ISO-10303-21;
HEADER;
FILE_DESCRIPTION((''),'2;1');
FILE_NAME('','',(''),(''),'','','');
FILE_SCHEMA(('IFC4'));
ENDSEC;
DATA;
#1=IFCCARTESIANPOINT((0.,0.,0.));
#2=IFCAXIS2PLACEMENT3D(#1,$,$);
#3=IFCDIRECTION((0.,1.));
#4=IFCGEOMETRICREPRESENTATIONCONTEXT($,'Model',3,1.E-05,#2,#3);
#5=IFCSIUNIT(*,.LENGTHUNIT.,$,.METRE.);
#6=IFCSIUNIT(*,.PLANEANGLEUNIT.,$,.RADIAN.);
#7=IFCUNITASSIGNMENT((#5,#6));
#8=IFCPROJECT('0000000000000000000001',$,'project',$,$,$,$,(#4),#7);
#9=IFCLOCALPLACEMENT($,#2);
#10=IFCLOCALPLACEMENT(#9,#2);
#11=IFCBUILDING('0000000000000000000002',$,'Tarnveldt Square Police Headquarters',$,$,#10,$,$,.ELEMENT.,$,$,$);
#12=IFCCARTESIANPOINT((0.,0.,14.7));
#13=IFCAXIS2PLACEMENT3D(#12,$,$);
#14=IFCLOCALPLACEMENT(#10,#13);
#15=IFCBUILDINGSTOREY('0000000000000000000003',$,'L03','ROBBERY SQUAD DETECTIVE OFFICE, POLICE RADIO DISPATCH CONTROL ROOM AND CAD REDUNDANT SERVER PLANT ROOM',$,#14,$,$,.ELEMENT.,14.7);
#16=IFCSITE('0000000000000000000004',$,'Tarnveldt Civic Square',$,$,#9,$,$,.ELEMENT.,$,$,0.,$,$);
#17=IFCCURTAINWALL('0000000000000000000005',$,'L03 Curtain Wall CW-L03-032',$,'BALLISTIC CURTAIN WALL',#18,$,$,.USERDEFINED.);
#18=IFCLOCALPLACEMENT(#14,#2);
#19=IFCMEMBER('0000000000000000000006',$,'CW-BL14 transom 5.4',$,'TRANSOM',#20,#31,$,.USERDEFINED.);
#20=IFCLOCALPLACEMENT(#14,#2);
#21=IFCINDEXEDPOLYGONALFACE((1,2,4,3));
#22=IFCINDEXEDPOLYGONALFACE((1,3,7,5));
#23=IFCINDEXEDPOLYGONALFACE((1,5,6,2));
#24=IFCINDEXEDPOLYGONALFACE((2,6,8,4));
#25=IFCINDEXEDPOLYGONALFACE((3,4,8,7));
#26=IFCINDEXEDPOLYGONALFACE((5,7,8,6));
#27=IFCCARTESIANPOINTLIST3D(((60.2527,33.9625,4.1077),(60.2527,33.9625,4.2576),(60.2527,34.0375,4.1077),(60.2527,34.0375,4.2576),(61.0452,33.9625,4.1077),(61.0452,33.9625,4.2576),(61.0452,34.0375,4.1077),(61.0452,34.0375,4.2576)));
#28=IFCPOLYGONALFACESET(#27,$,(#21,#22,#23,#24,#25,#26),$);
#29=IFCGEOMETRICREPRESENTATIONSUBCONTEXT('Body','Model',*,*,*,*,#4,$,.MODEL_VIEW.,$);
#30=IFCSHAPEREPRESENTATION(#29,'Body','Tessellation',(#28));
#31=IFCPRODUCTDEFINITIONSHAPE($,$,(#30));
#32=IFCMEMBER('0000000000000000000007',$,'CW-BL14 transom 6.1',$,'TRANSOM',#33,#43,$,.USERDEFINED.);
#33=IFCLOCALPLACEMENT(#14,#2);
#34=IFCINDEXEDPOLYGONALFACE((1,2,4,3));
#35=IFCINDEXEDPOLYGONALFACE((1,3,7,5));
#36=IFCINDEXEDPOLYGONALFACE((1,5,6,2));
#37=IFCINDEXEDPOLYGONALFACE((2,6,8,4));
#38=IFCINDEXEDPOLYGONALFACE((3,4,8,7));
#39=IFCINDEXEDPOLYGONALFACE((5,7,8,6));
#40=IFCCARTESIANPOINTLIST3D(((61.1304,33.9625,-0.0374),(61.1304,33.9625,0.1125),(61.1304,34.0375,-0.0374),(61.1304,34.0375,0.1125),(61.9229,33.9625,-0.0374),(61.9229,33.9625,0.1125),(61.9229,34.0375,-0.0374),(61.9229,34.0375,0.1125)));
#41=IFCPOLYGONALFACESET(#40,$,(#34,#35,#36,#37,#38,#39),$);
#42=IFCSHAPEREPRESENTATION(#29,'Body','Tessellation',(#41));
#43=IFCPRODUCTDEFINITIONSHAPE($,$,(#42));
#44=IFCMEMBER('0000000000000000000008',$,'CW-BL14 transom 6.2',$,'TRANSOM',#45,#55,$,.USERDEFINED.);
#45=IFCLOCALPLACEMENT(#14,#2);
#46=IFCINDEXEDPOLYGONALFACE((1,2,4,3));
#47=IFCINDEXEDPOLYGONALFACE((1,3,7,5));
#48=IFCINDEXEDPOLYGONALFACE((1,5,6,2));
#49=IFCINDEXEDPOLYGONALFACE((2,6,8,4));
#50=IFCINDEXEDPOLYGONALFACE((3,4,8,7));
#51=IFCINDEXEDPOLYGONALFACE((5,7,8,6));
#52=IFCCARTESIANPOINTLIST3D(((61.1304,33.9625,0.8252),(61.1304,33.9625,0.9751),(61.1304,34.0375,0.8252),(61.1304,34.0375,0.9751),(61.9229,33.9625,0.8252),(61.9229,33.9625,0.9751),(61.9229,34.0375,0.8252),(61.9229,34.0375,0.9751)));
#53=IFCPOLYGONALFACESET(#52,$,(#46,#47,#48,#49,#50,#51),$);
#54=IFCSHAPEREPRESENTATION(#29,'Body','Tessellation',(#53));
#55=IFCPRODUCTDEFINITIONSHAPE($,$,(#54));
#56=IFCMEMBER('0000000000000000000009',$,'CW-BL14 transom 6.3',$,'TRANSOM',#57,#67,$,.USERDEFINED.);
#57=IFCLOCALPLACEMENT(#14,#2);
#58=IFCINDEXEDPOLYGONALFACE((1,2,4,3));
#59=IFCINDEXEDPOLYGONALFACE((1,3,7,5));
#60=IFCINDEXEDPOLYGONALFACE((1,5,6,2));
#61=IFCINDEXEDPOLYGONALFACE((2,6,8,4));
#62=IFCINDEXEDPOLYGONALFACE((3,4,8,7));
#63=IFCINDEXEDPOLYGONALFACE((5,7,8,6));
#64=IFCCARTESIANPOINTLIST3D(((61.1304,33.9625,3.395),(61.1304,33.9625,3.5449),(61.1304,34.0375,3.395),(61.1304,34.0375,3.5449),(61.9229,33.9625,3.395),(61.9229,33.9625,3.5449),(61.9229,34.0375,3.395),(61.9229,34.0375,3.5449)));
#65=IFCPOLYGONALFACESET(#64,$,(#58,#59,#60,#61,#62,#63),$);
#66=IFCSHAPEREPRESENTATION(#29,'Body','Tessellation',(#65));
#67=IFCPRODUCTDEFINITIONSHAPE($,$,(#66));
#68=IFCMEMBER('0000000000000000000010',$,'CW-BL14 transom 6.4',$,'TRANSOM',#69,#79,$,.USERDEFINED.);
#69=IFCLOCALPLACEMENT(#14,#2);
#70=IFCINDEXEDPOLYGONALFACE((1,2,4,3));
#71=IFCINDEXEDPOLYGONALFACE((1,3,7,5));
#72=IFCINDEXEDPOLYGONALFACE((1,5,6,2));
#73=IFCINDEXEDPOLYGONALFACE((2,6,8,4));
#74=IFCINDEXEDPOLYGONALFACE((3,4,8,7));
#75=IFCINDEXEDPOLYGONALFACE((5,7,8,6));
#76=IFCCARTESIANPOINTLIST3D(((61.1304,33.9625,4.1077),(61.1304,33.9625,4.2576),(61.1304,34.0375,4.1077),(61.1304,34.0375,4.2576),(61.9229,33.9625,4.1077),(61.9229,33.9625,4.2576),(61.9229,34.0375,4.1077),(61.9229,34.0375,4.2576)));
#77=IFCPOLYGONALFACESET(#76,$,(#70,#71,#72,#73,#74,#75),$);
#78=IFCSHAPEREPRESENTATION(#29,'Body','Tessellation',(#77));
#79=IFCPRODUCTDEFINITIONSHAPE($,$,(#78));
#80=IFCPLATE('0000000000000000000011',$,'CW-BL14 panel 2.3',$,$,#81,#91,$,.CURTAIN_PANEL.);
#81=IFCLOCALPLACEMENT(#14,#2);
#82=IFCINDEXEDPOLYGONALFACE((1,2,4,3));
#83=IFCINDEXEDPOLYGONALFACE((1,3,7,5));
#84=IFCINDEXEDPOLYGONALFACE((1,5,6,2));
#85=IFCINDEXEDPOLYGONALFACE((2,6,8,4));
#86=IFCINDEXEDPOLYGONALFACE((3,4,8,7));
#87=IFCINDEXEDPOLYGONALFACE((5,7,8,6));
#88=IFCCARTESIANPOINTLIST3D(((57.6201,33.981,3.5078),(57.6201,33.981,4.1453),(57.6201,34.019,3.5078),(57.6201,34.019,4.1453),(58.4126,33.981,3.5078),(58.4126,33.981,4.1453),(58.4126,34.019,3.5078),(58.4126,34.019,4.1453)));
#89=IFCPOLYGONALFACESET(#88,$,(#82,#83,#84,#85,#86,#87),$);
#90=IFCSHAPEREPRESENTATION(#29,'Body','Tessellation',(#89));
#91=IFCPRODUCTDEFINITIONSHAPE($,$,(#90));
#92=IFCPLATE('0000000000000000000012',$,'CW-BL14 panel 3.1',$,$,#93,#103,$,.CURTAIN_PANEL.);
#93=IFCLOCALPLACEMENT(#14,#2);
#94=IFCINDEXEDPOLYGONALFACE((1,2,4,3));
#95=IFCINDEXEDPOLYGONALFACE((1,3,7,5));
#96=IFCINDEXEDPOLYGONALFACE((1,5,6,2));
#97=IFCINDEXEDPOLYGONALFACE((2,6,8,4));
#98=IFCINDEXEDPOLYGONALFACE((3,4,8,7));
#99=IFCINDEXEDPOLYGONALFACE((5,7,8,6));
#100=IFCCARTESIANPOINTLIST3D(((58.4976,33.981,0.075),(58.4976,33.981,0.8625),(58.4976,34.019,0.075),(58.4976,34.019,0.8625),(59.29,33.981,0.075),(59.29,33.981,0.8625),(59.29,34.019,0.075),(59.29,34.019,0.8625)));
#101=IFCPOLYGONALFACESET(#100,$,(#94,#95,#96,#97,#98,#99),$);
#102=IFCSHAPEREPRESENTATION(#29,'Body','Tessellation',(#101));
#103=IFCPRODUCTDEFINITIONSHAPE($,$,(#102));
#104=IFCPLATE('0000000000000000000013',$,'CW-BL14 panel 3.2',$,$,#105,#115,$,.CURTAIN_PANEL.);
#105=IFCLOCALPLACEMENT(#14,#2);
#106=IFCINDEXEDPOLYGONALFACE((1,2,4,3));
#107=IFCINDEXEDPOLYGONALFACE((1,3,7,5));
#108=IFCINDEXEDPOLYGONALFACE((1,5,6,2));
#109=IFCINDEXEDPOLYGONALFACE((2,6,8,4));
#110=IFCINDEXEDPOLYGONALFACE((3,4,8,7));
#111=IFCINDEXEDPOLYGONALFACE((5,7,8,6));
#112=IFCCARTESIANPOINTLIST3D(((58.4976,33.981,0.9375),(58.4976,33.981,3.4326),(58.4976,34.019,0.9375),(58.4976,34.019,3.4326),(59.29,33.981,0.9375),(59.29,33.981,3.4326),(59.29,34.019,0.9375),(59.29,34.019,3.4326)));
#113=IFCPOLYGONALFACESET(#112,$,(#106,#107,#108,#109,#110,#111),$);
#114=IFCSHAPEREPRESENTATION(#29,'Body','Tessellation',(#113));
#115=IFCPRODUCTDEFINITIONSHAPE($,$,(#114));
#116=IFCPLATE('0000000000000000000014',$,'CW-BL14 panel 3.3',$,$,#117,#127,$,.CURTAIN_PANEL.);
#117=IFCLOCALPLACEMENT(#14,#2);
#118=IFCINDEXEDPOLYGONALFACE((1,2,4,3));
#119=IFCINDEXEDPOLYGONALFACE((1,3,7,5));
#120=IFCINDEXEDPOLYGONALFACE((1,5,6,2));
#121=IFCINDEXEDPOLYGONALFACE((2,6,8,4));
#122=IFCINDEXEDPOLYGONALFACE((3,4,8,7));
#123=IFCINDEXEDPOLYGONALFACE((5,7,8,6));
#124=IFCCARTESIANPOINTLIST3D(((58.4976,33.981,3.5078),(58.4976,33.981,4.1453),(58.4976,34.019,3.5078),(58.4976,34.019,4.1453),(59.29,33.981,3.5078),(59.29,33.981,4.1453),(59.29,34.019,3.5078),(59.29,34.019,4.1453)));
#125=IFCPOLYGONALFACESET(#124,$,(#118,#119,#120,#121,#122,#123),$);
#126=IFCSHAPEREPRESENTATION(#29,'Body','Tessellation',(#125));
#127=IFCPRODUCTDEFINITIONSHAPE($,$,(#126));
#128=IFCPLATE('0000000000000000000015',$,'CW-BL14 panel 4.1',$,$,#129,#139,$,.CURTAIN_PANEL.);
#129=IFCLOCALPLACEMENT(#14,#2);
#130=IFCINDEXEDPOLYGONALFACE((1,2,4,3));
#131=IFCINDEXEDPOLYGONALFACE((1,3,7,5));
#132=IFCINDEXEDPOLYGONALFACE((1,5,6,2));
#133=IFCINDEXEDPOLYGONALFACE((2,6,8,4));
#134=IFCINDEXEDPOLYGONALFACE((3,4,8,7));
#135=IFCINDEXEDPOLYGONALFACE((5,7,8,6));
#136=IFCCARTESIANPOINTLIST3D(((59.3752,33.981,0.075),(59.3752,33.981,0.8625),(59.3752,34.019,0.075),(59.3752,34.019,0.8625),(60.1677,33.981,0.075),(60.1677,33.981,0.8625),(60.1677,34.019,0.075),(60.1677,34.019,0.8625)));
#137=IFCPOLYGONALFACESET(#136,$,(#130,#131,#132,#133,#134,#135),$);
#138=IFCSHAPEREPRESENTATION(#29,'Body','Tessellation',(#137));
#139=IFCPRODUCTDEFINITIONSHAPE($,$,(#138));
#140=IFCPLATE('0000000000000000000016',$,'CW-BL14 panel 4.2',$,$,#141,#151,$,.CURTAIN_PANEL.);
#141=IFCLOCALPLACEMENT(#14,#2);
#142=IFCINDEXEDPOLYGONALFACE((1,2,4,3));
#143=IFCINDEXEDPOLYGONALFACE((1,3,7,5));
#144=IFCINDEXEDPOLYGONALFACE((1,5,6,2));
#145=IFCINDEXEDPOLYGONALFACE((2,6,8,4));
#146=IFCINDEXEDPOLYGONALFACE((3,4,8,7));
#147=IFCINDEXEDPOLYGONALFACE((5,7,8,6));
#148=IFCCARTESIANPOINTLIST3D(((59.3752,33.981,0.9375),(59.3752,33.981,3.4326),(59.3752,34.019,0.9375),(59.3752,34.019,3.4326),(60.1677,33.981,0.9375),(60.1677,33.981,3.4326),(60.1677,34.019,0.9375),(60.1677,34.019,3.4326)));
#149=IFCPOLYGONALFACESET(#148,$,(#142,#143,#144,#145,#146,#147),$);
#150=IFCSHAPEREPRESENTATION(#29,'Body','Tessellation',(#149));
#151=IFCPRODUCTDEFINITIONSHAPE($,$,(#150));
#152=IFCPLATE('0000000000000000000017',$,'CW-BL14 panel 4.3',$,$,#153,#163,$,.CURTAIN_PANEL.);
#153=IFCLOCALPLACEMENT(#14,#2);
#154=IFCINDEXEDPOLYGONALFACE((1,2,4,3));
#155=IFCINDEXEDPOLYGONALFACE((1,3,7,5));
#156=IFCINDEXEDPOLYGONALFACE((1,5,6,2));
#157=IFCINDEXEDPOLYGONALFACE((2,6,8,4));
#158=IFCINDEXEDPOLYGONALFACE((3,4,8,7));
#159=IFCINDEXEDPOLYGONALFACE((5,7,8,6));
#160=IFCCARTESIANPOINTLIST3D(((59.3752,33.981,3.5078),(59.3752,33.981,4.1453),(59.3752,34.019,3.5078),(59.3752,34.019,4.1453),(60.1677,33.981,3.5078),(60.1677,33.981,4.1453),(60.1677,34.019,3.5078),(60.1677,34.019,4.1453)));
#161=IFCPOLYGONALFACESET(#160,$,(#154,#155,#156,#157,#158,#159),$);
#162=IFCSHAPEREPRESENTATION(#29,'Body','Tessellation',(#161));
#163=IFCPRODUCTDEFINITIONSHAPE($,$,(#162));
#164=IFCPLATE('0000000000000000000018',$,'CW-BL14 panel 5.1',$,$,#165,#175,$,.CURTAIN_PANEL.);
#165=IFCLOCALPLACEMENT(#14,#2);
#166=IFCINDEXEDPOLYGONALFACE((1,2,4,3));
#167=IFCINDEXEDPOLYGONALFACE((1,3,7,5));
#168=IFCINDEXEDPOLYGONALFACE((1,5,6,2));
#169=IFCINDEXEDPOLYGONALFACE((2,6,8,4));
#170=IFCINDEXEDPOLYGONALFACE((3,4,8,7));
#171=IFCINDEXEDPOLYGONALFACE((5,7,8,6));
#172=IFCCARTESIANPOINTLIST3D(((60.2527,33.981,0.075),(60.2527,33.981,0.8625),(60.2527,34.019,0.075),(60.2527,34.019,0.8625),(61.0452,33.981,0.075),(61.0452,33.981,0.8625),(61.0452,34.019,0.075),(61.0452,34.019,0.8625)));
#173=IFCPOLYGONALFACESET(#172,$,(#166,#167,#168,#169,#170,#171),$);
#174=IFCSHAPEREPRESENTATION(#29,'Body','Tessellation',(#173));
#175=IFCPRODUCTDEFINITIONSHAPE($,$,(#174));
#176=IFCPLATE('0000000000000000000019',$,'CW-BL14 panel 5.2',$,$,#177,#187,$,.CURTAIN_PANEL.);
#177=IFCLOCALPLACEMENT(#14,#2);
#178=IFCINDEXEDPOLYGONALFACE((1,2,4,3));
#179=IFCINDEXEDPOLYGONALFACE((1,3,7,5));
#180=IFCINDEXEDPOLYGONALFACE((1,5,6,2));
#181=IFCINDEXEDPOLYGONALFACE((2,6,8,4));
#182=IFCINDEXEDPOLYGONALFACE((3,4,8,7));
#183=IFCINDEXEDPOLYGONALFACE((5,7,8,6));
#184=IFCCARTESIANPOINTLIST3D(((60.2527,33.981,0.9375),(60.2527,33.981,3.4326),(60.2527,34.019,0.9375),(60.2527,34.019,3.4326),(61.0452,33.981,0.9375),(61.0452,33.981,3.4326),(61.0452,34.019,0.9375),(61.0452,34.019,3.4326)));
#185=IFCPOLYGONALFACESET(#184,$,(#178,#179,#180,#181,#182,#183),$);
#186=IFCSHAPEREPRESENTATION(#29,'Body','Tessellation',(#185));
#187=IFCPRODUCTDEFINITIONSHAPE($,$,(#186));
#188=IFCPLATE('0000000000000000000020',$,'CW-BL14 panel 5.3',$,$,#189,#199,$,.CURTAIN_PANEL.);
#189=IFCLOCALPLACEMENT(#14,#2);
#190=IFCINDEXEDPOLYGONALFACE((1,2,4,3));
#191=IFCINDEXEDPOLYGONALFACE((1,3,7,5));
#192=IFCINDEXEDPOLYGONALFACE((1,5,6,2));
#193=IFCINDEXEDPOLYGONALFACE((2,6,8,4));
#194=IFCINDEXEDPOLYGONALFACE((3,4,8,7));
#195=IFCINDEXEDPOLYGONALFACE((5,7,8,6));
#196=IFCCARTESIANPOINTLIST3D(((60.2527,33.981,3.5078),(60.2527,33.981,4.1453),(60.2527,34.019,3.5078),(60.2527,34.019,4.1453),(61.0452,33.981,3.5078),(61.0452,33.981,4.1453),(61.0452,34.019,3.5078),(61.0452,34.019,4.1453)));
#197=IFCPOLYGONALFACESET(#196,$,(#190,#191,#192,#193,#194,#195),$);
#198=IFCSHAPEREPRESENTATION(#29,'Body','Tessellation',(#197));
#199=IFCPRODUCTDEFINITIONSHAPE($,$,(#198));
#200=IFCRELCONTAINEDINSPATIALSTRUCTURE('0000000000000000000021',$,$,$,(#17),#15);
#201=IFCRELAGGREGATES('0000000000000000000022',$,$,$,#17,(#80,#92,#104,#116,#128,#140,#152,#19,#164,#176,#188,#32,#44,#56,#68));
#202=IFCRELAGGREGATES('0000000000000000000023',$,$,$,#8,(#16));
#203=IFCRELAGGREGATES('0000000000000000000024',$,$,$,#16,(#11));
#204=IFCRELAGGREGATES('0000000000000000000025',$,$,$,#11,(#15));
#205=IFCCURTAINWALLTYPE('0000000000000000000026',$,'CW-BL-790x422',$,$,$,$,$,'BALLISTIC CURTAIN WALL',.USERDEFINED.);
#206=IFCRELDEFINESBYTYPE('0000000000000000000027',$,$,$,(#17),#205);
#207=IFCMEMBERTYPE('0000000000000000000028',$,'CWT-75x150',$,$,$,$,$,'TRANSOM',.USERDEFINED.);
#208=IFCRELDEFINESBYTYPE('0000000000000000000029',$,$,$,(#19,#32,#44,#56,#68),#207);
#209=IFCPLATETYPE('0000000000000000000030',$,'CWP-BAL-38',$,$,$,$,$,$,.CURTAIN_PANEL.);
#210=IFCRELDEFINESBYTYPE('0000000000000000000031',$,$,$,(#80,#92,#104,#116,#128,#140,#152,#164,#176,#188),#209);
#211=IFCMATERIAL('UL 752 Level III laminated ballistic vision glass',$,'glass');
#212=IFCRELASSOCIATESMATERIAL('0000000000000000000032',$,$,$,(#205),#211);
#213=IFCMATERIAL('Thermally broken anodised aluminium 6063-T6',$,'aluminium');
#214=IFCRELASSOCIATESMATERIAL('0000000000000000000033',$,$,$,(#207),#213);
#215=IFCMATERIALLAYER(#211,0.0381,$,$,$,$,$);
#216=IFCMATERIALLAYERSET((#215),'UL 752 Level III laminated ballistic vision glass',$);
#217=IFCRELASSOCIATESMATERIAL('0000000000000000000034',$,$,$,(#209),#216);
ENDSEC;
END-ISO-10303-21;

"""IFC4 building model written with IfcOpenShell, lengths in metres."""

from ifc_helpers import new_model, si_unit, direction, frame, origin, origin_2d, place, context, subcontext, project, spatial, rectangle, extrude, material, layer, layer_set, material_profile, profile_set, type_object, element, aggregate, save


model = new_model("IFC4")

# Units and contexts
model_context = context("Model", 3, precision=1e-05, world=origin(), true_north=direction((0.0, 1.0)))
body_context = subcontext(model_context, "Body", "Model", "MODEL_VIEW")
ifc_project = project(units=[si_unit("LENGTHUNIT", "METRE"), si_unit("PLANEANGLEUNIT", "RADIAN")], contexts=[model_context])

# Site, building, storey
site_placement = place(None, origin())
site = spatial("IfcSite", under=ifc_project, at=site_placement, Name="Tarnveldt Civic Square", CompositionType="ELEMENT", RefElevation=0.0)
building_placement = place(site_placement, origin())
building = spatial("IfcBuilding", under=site, at=building_placement, Name="Tarnveldt Square Police Headquarters", CompositionType="ELEMENT")
storey_placement = place(building_placement, frame((0.0, 0.0, 14.7)))
storey = spatial("IfcBuildingStorey", under=building, at=storey_placement, Name="L03", Description="ROBBERY SQUAD DETECTIVE OFFICE, POLICE RADIO DISPATCH CONTROL ROOM AND CAD REDUNDANT SERVER PLANT ROOM", CompositionType="ELEMENT", Elevation=14.7)

# Curtain wall, members, plates
ifc_material_1 = material(Name="UL 752 Level III laminated ballistic vision glass", Category="glass")
curtain_wall_type = type_object("IfcCurtainWallType", Name="CW-BL-790x422", ElementType="BALLISTIC CURTAIN WALL", PredefinedType="USERDEFINED", material=ifc_material_1)
curtain_wall_placement = place(storey_placement, origin())
curtain_wall = element("IfcCurtainWall", 1, at=curtain_wall_placement, inside=storey, type_object=curtain_wall_type, Name="L03 Curtain Wall CW-L03-032", ObjectType="BALLISTIC CURTAIN WALL", PredefinedType="USERDEFINED")
ifc_material_2 = material(Name="Thermally broken anodised aluminium 6063-T6", Category="aluminium")
ifc_material_profile_1 = material_profile(ifc_material_2, rectangle(XDim=0.075, YDim=0.1499, at=origin_2d()), Name="CW-T75x150")
ifc_profile_set_1 = profile_set([ifc_material_profile_1], Name="Thermally broken anodised aluminium 6063-T6")
member_type_1 = type_object("IfcMemberType", Name="CWT-75x150", ElementType="TRANSOM", PredefinedType="USERDEFINED", material=ifc_profile_set_1)
member_1_placement = place(storey_placement, frame((60.2527, 34.0, 4.1826), z_axis=(1.0, 0.0, 0.0), x_axis=(0.0, 1.0, 0.0)))
member_1 = element("IfcMember", 2, at=member_1_placement, type_object=member_type_1, Name="CW-BL14 transom 5.4", ObjectType="TRANSOM", PredefinedType="USERDEFINED", context=body_context, shape_type="SweptSolid", body=[
    extrude(rectangle(XDim=0.075, YDim=0.1499, at=origin_2d()), origin(), (0.0, 0.0, 1.0), 0.7925),
])
member_2_placement = place(storey_placement, frame((61.1304, 34.0, 0.0376), z_axis=(1.0, 0.0, 0.0), x_axis=(0.0, 1.0, 0.0)))
member_2 = element("IfcMember", 3, at=member_2_placement, type_object=member_type_1, Name="CW-BL14 transom 6.1", ObjectType="TRANSOM", PredefinedType="USERDEFINED", context=body_context, shape_type="SweptSolid", body=[
    extrude(rectangle(XDim=0.075, YDim=0.1499, at=origin_2d()), origin(), (0.0, 0.0, 1.0), 0.7925),
])
member_3_placement = place(storey_placement, frame((61.1304, 34.0, 0.9001), z_axis=(1.0, 0.0, 0.0), x_axis=(0.0, 1.0, 0.0)))
member_3 = element("IfcMember", 4, at=member_3_placement, type_object=member_type_1, Name="CW-BL14 transom 6.2", ObjectType="TRANSOM", PredefinedType="USERDEFINED", context=body_context, shape_type="SweptSolid", body=[
    extrude(rectangle(XDim=0.075, YDim=0.1499, at=origin_2d()), origin(), (0.0, 0.0, 1.0), 0.7925),
])
member_4_placement = place(storey_placement, frame((61.1304, 34.0, 3.47), z_axis=(1.0, 0.0, 0.0), x_axis=(0.0, 1.0, 0.0)))
member_4 = element("IfcMember", 5, at=member_4_placement, type_object=member_type_1, Name="CW-BL14 transom 6.3", ObjectType="TRANSOM", PredefinedType="USERDEFINED", context=body_context, shape_type="SweptSolid", body=[
    extrude(rectangle(XDim=0.075, YDim=0.1499, at=origin_2d()), origin(), (0.0, 0.0, 1.0), 0.7925),
])
member_5_placement = place(storey_placement, frame((61.1304, 34.0, 4.1826), z_axis=(1.0, 0.0, 0.0), x_axis=(0.0, 1.0, 0.0)))
member_5 = element("IfcMember", 6, at=member_5_placement, type_object=member_type_1, Name="CW-BL14 transom 6.4", ObjectType="TRANSOM", PredefinedType="USERDEFINED", context=body_context, shape_type="SweptSolid", body=[
    extrude(rectangle(XDim=0.075, YDim=0.1499, at=origin_2d()), origin(), (0.0, 0.0, 1.0), 0.7925),
])
ifc_layer = layer(ifc_material_1, 0.0381)
ifc_layer_set = layer_set([ifc_layer], Name="UL 752 Level III laminated ballistic vision glass")
plate_type = type_object("IfcPlateType", Name="CWP-BAL-38", PredefinedType="CURTAIN_PANEL", material=ifc_layer_set)
plate_1_placement = place(storey_placement, frame((58.0164, 34.0, 3.5078), z_axis=(0.0, 0.0, 1.0), x_axis=(1.0, 0.0, 0.0)))
plate_1 = element("IfcPlate", 7, at=plate_1_placement, type_object=plate_type, Name="CW-BL14 panel 2.3", PredefinedType="CURTAIN_PANEL", context=body_context, shape_type="SweptSolid", body=[
    extrude(rectangle(XDim=0.7925, YDim=0.0381, at=origin_2d()), origin(), (0.0, 0.0, 1.0), 0.6375),
])
plate_2_placement = place(storey_placement, frame((58.8938, 34.0, 0.075), z_axis=(0.0, 0.0, 1.0), x_axis=(1.0, 0.0, 0.0)))
plate_2 = element("IfcPlate", 8, at=plate_2_placement, type_object=plate_type, Name="CW-BL14 panel 3.1", PredefinedType="CURTAIN_PANEL", context=body_context, shape_type="SweptSolid", body=[
    extrude(rectangle(XDim=0.7925, YDim=0.0381, at=origin_2d()), origin(), (0.0, 0.0, 1.0), 0.7876),
])
plate_3_placement = place(storey_placement, frame((58.8938, 34.0, 0.9375), z_axis=(0.0, 0.0, 1.0), x_axis=(1.0, 0.0, 0.0)))
plate_3 = element("IfcPlate", 9, at=plate_3_placement, type_object=plate_type, Name="CW-BL14 panel 3.2", PredefinedType="CURTAIN_PANEL", context=body_context, shape_type="SweptSolid", body=[
    extrude(rectangle(XDim=0.7925, YDim=0.0381, at=origin_2d()), origin(), (0.0, 0.0, 1.0), 2.4951),
])
plate_4_placement = place(storey_placement, frame((58.8938, 34.0, 3.5078), z_axis=(0.0, 0.0, 1.0), x_axis=(1.0, 0.0, 0.0)))
plate_4 = element("IfcPlate", 10, at=plate_4_placement, type_object=plate_type, Name="CW-BL14 panel 3.3", PredefinedType="CURTAIN_PANEL", context=body_context, shape_type="SweptSolid", body=[
    extrude(rectangle(XDim=0.7925, YDim=0.0381, at=origin_2d()), origin(), (0.0, 0.0, 1.0), 0.6375),
])
plate_5_placement = place(storey_placement, frame((59.7715, 34.0, 0.075), z_axis=(0.0, 0.0, 1.0), x_axis=(1.0, 0.0, 0.0)))
plate_5 = element("IfcPlate", 11, at=plate_5_placement, type_object=plate_type, Name="CW-BL14 panel 4.1", PredefinedType="CURTAIN_PANEL", context=body_context, shape_type="SweptSolid", body=[
    extrude(rectangle(XDim=0.7925, YDim=0.0381, at=origin_2d()), origin(), (0.0, 0.0, 1.0), 0.7876),
])
plate_6_placement = place(storey_placement, frame((59.7715, 34.0, 0.9375), z_axis=(0.0, 0.0, 1.0), x_axis=(1.0, 0.0, 0.0)))
plate_6 = element("IfcPlate", 12, at=plate_6_placement, type_object=plate_type, Name="CW-BL14 panel 4.2", PredefinedType="CURTAIN_PANEL", context=body_context, shape_type="SweptSolid", body=[
    extrude(rectangle(XDim=0.7925, YDim=0.0381, at=origin_2d()), origin(), (0.0, 0.0, 1.0), 2.4951),
])
plate_7_placement = place(storey_placement, frame((59.7715, 34.0, 3.5078), z_axis=(0.0, 0.0, 1.0), x_axis=(1.0, 0.0, 0.0)))
plate_7 = element("IfcPlate", 13, at=plate_7_placement, type_object=plate_type, Name="CW-BL14 panel 4.3", PredefinedType="CURTAIN_PANEL", context=body_context, shape_type="SweptSolid", body=[
    extrude(rectangle(XDim=0.7925, YDim=0.0381, at=origin_2d()), origin(), (0.0, 0.0, 1.0), 0.6375),
])
plate_8_placement = place(storey_placement, frame((60.6489, 34.0, 0.075), z_axis=(0.0, 0.0, 1.0), x_axis=(1.0, 0.0, 0.0)))
plate_8 = element("IfcPlate", 14, at=plate_8_placement, type_object=plate_type, Name="CW-BL14 panel 5.1", PredefinedType="CURTAIN_PANEL", context=body_context, shape_type="SweptSolid", body=[
    extrude(rectangle(XDim=0.7925, YDim=0.0381, at=origin_2d()), origin(), (0.0, 0.0, 1.0), 0.7876),
])
plate_9_placement = place(storey_placement, frame((60.6489, 34.0, 0.9375), z_axis=(0.0, 0.0, 1.0), x_axis=(1.0, 0.0, 0.0)))
plate_9 = element("IfcPlate", 15, at=plate_9_placement, type_object=plate_type, Name="CW-BL14 panel 5.2", PredefinedType="CURTAIN_PANEL", context=body_context, shape_type="SweptSolid", body=[
    extrude(rectangle(XDim=0.7925, YDim=0.0381, at=origin_2d()), origin(), (0.0, 0.0, 1.0), 2.4951),
])
plate_10_placement = place(storey_placement, frame((60.6489, 34.0, 3.5078), z_axis=(0.0, 0.0, 1.0), x_axis=(1.0, 0.0, 0.0)))
plate_10 = element("IfcPlate", 16, at=plate_10_placement, type_object=plate_type, Name="CW-BL14 panel 5.3", PredefinedType="CURTAIN_PANEL", context=body_context, shape_type="SweptSolid", body=[
    extrude(rectangle(XDim=0.7925, YDim=0.0381, at=origin_2d()), origin(), (0.0, 0.0, 1.0), 0.6375),
])
aggregate(curtain_wall, [plate_1, plate_2, plate_3, plate_4, plate_5, plate_6, plate_7, member_1, plate_8, plate_9, plate_10, member_2, member_3, member_4, member_5])

save(model, "model.ifc")
